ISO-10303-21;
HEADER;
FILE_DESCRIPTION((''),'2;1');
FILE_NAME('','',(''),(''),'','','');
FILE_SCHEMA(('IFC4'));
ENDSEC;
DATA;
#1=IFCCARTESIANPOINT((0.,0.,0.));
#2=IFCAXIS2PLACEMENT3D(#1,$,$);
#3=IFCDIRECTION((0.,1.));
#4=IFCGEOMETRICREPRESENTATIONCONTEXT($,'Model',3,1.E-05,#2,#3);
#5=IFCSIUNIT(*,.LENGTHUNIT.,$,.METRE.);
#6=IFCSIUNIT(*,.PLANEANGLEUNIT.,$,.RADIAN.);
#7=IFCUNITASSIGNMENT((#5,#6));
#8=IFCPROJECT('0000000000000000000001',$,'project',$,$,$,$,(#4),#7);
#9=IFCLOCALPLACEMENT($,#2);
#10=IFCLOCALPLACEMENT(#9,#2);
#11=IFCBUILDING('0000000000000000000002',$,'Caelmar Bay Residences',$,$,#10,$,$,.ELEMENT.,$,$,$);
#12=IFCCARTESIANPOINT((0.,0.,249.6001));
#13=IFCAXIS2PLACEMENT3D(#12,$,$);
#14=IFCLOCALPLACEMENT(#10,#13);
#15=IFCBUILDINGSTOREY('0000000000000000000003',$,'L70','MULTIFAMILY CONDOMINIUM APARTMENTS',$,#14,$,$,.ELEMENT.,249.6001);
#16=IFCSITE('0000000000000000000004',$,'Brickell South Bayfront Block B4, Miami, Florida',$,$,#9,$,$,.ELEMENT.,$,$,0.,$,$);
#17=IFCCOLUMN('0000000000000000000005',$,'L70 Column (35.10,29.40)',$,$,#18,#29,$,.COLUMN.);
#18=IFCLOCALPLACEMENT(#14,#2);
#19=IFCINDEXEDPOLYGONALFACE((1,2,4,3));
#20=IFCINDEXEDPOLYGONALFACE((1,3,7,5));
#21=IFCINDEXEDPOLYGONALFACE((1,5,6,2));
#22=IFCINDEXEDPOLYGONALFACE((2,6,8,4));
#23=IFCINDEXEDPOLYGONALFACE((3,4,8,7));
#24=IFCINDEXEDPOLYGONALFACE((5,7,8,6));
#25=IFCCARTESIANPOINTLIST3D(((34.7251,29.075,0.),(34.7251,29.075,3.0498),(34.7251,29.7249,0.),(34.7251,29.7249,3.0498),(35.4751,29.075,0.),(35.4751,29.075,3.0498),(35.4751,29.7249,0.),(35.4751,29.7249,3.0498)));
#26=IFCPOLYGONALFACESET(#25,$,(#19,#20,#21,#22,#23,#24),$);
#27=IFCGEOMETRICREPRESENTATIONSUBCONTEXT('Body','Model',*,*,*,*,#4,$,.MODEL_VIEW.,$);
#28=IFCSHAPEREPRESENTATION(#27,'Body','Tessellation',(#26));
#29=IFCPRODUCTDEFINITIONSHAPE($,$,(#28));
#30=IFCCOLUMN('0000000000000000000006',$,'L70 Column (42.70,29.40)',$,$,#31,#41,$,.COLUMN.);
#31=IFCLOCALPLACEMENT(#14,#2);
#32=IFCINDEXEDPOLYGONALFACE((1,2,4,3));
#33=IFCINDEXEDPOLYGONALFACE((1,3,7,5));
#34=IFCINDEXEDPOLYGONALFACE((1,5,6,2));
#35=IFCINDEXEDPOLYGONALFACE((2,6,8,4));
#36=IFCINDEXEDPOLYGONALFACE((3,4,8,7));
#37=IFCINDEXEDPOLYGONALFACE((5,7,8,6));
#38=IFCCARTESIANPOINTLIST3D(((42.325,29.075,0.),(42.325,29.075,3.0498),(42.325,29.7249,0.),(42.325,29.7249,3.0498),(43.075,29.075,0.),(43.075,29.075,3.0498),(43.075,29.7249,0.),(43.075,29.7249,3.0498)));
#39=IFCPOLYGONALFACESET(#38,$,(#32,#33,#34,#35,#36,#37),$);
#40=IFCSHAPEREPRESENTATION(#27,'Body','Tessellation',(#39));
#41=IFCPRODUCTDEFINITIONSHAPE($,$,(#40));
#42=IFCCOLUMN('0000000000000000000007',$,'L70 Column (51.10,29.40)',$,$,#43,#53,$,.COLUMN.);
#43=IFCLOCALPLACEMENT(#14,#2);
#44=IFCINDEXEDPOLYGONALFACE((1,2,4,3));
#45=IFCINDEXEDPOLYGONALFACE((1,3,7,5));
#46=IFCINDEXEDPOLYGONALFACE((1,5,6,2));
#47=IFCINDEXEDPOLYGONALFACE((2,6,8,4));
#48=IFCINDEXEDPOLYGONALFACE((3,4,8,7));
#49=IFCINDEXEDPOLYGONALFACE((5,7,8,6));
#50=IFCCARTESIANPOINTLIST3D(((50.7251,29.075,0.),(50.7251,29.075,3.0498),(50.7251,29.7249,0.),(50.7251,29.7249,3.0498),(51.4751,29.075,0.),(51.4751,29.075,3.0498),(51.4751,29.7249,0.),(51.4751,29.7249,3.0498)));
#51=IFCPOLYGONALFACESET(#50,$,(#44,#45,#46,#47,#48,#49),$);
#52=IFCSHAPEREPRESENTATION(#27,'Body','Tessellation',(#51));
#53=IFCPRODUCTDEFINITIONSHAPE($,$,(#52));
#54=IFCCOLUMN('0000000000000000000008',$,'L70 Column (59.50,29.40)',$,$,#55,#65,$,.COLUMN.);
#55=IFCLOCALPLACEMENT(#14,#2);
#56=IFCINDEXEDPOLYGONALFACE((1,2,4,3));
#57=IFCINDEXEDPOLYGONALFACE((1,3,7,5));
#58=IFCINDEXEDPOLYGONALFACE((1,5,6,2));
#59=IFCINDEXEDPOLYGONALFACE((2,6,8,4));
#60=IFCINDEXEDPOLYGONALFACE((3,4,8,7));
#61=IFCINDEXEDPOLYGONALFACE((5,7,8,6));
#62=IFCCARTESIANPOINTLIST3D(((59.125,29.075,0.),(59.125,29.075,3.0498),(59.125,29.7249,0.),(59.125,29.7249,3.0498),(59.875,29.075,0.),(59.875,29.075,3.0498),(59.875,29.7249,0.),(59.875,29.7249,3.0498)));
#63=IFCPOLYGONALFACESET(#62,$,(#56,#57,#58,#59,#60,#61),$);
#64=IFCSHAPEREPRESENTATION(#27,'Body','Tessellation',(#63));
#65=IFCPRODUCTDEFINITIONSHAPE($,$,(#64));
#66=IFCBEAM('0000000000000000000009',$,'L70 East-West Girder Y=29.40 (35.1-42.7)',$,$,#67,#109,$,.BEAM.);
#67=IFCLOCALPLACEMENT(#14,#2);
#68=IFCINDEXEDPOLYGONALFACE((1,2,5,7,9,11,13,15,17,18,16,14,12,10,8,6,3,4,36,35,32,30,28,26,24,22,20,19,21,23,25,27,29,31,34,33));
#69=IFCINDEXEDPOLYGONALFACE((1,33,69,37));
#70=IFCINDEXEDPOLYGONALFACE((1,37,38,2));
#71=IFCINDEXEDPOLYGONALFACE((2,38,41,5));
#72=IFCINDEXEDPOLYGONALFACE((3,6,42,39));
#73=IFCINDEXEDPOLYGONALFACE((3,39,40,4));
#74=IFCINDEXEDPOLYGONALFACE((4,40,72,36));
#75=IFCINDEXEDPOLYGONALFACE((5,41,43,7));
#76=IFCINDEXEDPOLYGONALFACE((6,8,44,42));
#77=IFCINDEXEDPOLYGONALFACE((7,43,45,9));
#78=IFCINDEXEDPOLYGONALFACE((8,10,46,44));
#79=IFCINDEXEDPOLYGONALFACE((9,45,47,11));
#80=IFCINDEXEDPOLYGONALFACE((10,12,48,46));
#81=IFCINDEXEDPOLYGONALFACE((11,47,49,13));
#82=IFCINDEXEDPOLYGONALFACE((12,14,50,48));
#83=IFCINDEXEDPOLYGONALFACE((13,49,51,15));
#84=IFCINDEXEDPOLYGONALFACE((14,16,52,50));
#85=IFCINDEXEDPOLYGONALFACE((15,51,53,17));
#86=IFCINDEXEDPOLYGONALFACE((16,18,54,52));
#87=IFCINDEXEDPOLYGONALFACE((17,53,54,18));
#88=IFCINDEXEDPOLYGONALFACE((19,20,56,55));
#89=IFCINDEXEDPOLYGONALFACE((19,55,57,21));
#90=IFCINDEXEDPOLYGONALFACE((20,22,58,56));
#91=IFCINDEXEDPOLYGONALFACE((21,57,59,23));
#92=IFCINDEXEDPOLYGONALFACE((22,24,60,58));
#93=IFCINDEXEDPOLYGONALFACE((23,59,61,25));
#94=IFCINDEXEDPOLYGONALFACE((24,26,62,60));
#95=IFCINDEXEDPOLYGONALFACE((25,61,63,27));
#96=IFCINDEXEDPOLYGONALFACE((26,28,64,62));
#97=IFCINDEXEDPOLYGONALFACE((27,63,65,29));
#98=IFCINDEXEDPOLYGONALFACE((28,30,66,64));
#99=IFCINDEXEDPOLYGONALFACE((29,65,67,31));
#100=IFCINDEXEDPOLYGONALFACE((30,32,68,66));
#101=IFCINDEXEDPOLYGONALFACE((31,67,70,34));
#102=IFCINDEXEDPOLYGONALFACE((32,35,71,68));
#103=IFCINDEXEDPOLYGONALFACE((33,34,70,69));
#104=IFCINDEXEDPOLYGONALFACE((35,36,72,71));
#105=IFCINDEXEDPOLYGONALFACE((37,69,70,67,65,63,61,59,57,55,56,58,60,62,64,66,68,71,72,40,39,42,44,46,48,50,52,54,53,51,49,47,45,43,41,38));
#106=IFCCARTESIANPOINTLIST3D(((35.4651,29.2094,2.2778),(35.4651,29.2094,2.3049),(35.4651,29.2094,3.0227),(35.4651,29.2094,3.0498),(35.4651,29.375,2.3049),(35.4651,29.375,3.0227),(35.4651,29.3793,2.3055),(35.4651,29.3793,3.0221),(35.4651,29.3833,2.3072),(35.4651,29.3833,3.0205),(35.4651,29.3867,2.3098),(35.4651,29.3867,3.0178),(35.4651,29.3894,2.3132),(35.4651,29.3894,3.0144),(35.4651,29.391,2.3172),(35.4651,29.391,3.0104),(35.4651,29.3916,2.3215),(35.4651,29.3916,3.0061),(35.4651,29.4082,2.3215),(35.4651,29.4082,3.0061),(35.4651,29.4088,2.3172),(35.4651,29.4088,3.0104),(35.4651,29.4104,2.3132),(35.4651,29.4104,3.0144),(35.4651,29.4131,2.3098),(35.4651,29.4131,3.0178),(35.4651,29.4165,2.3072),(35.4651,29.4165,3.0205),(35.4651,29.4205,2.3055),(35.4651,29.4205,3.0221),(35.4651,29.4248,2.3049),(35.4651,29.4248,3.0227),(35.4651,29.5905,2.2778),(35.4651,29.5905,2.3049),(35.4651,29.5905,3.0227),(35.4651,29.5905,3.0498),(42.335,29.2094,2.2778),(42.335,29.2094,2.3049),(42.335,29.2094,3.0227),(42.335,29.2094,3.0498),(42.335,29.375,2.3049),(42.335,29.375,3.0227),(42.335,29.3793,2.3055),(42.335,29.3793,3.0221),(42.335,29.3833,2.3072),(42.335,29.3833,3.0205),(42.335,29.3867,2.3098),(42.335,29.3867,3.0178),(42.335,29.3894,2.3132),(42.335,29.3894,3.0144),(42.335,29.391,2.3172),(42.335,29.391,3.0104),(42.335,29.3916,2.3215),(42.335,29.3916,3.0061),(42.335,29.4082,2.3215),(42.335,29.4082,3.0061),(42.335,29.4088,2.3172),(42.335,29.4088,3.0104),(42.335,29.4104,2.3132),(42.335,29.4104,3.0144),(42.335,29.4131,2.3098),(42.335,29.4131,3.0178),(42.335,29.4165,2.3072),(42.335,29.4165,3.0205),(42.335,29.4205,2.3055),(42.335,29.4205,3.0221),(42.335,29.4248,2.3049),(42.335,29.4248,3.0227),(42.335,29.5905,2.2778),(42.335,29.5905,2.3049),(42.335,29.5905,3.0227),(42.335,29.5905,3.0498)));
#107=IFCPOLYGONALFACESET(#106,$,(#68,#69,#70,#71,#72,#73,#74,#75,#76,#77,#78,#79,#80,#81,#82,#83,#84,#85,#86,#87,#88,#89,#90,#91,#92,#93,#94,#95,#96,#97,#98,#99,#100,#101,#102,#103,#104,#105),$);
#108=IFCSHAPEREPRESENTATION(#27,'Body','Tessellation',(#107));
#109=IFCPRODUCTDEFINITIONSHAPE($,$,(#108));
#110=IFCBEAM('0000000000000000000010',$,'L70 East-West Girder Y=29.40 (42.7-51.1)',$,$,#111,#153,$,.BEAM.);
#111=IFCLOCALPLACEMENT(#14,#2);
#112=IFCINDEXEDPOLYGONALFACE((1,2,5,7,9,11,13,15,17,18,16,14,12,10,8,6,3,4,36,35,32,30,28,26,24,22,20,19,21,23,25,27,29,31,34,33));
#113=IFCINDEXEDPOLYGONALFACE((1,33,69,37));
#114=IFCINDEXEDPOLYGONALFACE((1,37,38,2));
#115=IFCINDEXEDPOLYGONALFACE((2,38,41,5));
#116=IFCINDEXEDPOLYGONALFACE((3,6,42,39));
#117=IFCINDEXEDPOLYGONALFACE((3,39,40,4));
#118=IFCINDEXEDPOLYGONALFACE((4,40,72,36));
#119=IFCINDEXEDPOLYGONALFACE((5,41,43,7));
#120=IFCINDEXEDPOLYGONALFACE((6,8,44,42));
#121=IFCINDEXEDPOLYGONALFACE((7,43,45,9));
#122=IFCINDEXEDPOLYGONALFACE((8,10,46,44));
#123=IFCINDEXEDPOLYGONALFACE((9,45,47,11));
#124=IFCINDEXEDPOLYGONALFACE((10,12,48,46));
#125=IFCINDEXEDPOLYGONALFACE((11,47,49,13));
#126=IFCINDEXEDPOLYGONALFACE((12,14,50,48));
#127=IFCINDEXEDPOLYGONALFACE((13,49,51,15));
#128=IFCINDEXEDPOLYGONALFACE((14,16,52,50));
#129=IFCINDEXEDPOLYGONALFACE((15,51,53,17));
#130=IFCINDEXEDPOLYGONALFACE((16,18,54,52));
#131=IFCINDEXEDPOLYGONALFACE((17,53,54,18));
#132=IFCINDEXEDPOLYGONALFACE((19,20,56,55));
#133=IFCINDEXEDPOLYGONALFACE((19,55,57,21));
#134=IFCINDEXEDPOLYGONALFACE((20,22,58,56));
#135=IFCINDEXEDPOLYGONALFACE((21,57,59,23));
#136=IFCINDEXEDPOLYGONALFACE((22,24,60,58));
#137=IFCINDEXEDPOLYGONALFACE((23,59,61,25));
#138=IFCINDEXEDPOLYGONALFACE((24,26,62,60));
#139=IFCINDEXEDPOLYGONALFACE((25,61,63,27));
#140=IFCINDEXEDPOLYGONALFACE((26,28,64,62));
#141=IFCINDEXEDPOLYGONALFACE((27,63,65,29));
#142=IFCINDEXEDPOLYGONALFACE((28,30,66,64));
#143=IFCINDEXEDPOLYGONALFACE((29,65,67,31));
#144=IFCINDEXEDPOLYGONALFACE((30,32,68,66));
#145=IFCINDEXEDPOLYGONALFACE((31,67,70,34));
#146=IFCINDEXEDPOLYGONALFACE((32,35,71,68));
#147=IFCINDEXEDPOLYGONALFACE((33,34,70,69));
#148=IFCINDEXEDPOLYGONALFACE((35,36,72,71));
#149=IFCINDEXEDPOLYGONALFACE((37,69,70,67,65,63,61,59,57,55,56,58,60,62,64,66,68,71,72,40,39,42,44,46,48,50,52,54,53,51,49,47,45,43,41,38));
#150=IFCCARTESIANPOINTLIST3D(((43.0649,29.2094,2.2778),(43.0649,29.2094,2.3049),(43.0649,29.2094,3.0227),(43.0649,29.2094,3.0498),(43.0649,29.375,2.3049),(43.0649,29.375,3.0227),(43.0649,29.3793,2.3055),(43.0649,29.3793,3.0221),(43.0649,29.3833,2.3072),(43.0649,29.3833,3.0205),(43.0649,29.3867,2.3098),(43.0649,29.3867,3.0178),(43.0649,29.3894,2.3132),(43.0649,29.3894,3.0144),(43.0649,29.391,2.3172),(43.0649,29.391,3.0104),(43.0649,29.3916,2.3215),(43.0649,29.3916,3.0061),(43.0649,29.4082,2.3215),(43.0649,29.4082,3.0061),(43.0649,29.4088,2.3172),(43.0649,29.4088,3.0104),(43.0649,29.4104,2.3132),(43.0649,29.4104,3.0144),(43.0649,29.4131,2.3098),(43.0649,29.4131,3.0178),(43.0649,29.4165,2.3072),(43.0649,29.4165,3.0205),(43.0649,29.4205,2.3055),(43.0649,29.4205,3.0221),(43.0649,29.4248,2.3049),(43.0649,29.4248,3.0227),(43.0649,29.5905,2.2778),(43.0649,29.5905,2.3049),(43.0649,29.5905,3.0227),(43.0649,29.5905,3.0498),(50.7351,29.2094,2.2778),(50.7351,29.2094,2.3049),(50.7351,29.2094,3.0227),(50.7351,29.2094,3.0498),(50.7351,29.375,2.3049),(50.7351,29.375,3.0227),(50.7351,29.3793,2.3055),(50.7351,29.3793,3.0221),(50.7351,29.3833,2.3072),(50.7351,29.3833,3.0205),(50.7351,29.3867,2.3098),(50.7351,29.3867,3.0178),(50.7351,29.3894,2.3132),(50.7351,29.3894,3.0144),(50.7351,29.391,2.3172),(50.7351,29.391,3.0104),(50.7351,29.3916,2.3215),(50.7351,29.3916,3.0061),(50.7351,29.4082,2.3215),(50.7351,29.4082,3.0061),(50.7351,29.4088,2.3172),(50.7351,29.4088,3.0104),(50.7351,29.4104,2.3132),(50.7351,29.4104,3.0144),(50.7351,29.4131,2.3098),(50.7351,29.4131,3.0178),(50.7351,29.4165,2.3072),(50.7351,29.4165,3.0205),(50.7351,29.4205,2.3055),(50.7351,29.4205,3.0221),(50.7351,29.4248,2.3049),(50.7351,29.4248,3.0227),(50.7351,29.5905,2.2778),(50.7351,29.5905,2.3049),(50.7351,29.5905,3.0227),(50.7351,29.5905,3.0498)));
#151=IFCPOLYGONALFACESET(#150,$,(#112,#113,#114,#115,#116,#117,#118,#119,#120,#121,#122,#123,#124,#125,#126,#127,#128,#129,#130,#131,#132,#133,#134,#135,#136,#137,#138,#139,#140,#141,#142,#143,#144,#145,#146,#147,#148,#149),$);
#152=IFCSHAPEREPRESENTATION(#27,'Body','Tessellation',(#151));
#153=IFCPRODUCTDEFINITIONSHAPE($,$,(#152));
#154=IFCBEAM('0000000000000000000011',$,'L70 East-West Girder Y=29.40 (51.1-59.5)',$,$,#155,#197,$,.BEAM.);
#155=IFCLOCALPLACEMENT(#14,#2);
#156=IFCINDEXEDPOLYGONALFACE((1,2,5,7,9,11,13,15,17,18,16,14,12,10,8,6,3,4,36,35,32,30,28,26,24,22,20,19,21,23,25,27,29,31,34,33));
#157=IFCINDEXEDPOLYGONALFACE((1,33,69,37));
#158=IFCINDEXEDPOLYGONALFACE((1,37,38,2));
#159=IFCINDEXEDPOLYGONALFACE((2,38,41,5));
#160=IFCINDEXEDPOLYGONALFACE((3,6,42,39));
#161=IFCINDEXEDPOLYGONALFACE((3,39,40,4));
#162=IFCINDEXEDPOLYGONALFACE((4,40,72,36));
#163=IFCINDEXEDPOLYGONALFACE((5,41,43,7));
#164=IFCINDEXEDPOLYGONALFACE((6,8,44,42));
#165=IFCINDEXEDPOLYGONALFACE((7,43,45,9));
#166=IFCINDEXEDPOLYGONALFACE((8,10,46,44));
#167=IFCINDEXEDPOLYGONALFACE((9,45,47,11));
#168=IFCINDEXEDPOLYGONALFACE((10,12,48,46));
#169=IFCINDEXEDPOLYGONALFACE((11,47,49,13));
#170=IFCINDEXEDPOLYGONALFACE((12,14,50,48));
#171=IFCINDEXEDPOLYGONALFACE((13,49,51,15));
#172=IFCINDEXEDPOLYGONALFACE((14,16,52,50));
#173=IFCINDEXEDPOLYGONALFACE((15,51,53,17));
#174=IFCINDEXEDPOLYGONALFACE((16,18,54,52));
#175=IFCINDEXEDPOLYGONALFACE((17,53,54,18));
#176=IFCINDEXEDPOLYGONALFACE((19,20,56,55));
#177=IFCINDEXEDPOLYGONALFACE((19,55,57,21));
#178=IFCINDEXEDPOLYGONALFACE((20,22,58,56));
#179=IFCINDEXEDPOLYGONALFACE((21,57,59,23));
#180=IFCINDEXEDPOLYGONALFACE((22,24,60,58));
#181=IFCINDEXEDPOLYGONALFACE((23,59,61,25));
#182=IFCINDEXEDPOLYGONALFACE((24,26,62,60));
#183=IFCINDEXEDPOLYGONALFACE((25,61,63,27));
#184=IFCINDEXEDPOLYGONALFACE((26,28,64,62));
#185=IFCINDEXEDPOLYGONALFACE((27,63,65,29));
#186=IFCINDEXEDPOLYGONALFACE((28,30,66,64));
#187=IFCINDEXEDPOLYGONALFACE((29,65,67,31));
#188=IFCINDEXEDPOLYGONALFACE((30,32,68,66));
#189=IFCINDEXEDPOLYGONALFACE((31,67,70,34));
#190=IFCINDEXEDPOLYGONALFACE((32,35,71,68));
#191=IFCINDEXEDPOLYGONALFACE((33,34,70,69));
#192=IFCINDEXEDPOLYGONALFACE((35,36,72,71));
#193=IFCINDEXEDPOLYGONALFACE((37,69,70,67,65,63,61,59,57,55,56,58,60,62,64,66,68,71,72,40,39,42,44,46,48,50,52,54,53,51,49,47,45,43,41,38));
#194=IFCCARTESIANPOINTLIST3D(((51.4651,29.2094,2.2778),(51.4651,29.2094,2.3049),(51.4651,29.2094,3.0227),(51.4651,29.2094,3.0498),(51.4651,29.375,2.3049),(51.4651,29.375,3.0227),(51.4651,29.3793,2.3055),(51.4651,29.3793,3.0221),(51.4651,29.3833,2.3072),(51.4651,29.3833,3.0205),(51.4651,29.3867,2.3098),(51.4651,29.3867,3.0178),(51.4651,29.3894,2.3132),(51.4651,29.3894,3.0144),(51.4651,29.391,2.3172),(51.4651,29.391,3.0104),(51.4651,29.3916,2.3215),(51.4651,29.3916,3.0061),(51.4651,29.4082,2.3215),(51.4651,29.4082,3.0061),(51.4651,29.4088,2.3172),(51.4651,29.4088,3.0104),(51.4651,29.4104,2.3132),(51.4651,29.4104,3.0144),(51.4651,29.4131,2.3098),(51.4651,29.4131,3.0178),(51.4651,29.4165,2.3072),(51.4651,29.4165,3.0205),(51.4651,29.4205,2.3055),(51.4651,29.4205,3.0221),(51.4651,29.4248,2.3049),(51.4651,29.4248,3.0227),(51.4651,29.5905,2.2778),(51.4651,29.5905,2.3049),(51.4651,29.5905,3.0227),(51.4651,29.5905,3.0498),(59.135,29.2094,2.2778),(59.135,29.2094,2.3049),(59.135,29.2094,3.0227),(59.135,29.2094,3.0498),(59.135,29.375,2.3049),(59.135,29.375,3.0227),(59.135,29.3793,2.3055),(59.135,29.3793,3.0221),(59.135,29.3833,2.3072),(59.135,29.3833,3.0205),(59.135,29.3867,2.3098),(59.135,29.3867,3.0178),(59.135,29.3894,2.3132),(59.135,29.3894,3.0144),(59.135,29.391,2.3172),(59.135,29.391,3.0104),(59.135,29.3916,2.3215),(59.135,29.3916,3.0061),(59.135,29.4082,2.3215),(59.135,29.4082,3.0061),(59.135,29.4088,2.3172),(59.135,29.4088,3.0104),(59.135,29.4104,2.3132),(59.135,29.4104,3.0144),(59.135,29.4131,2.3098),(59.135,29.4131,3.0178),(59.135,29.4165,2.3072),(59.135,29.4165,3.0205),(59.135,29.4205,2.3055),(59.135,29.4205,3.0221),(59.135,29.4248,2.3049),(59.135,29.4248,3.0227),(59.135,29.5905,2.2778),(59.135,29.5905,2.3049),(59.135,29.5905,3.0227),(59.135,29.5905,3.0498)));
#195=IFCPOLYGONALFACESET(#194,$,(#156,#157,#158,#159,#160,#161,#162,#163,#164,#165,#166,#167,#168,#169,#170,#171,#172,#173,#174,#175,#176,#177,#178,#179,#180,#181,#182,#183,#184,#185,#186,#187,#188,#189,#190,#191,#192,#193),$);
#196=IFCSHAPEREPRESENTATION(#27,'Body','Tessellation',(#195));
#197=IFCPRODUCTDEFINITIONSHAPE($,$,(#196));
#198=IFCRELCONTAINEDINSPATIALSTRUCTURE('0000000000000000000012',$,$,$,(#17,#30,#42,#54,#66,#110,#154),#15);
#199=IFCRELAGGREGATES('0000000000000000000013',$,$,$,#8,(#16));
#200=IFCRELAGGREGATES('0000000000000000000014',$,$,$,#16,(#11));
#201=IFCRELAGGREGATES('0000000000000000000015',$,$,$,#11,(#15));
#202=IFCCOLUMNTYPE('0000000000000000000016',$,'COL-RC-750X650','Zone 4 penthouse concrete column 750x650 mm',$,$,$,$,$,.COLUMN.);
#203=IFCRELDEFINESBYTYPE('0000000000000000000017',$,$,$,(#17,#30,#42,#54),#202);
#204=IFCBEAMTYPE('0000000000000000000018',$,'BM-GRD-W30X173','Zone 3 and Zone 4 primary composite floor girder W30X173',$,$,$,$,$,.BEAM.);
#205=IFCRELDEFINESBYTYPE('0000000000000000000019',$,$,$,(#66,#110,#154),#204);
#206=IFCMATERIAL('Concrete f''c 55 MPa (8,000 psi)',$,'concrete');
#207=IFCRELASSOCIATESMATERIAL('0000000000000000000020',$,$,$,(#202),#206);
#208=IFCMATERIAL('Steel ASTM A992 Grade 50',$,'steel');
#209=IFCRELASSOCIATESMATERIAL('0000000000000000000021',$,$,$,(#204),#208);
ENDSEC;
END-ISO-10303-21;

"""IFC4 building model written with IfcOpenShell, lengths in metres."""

from ifc_helpers import new_model, si_unit, direction, frame, origin, origin_2d, place, context, subcontext, project, spatial, rectangle, i_section, extrude, material, material_profile, profile_set, type_object, element, save


model = new_model("IFC4")

# Units and contexts
model_context = context("Model", 3, precision=1e-05, world=origin(), true_north=direction((0.0, 1.0)))
body_context = subcontext(model_context, "Body", "Model", "MODEL_VIEW")
ifc_project = project(units=[si_unit("LENGTHUNIT", "METRE"), si_unit("PLANEANGLEUNIT", "RADIAN")], contexts=[model_context])

# Site, building, storey
site_placement = place(None, origin())
site = spatial("IfcSite", under=ifc_project, at=site_placement, Name="Brickell South Bayfront Block B4, Miami, Florida", CompositionType="ELEMENT", RefElevation=0.0)
building_placement = place(site_placement, origin())
building = spatial("IfcBuilding", under=site, at=building_placement, Name="Caelmar Bay Residences", CompositionType="ELEMENT")
storey_placement = place(building_placement, frame((0.0, 0.0, 249.6001)))
storey = spatial("IfcBuildingStorey", under=building, at=storey_placement, Name="L70", Description="MULTIFAMILY CONDOMINIUM APARTMENTS", CompositionType="ELEMENT", Elevation=249.6001)

# Columns
ifc_material_1 = material(Name="Concrete f'c 55 MPa (8,000 psi)", Category="concrete")
ifc_material_profile_1 = material_profile(ifc_material_1, rectangle(XDim=0.75, YDim=0.6499, at=origin_2d()), Name="RC-COL-750X650")
ifc_profile_set_1 = profile_set([ifc_material_profile_1], Name="Concrete f'c 55 MPa (8,000 psi)")
column_type = type_object("IfcColumnType", Name="COL-RC-750X650", Description="Zone 4 penthouse concrete column 750x650 mm", PredefinedType="COLUMN", material=ifc_profile_set_1)
for number, where, z_axis, x_axis, name in (
    (1, (35.1001, 29.3999, 0.0), (0.0, 0.0, 1.0), (1.0, 0.0, 0.0), "L70 Column (35.10,29.40)"),
    (2, (42.7, 29.3999, 0.0), (0.0, 0.0, 1.0), (1.0, 0.0, 0.0), "L70 Column (42.70,29.40)"),
    (3, (51.1001, 29.3999, 0.0), (0.0, 0.0, 1.0), (1.0, 0.0, 0.0), "L70 Column (51.10,29.40)"),
    (4, (59.5, 29.3999, 0.0), (0.0, 0.0, 1.0), (1.0, 0.0, 0.0), "L70 Column (59.50,29.40)"),
):
    element("IfcColumn", number, at=place(storey_placement, frame(where, z_axis=z_axis, x_axis=x_axis)), inside=storey, type_object=column_type, Name=name, PredefinedType="COLUMN", context=body_context, shape_type="SweptSolid", body=[
        extrude(rectangle(XDim=0.75, YDim=0.6499, at=origin_2d()), origin(), (0.0, 0.0, 1.0), 3.0498),
    ])

# Beams
ifc_material_2 = material(Name="Steel ASTM A992 Grade 50", Category="steel")
ifc_material_profile_2 = material_profile(ifc_material_2, i_section(OverallWidth=0.3811, OverallDepth=0.772, WebThickness=0.0166, FlangeThickness=0.0271, FilletRadius=0.0166, at=origin_2d()), Name="W30X173")
ifc_profile_set_2 = profile_set([ifc_material_profile_2], Name="Steel ASTM A992 Grade 50")
beam_type_1 = type_object("IfcBeamType", Name="BM-GRD-W30X173", Description="Zone 3 and Zone 4 primary composite floor girder W30X173", PredefinedType="BEAM", material=ifc_profile_set_2)
beam_1_placement = place(storey_placement, frame((35.4651, 29.3999, 2.6638), z_axis=(1.0, 0.0, 0.0), x_axis=(0.0, 1.0, 0.0)))
element("IfcBeam", 5, at=beam_1_placement, inside=storey, type_object=beam_type_1, Name="L70 East-West Girder Y=29.40 (35.1-42.7)", PredefinedType="BEAM", context=body_context, shape_type="SweptSolid", body=[
    extrude(i_section(OverallWidth=0.3811, OverallDepth=0.772, WebThickness=0.0166, FlangeThickness=0.0271, FilletRadius=0.0166, at=origin_2d()), origin(), (0.0, 0.0, 1.0), 6.8699),
])
beam_2_placement = place(storey_placement, frame((43.0649, 29.3999, 2.6638), z_axis=(1.0, 0.0, 0.0), x_axis=(0.0, 1.0, 0.0)))
element("IfcBeam", 6, at=beam_2_placement, inside=storey, type_object=beam_type_1, Name="L70 East-West Girder Y=29.40 (42.7-51.1)", PredefinedType="BEAM", context=body_context, shape_type="SweptSolid", body=[
    extrude(i_section(OverallWidth=0.3811, OverallDepth=0.772, WebThickness=0.0166, FlangeThickness=0.0271, FilletRadius=0.0166, at=origin_2d()), origin(), (0.0, 0.0, 1.0), 7.6702),
])
beam_3_placement = place(storey_placement, frame((51.4651, 29.3999, 2.6638), z_axis=(1.0, 0.0, 0.0), x_axis=(0.0, 1.0, 0.0)))
element("IfcBeam", 7, at=beam_3_placement, inside=storey, type_object=beam_type_1, Name="L70 East-West Girder Y=29.40 (51.1-59.5)", PredefinedType="BEAM", context=body_context, shape_type="SweptSolid", body=[
    extrude(i_section(OverallWidth=0.3811, OverallDepth=0.772, WebThickness=0.0166, FlangeThickness=0.0271, FilletRadius=0.0166, at=origin_2d()), origin(), (0.0, 0.0, 1.0), 7.6699),
])

save(model, "model.ifc")
